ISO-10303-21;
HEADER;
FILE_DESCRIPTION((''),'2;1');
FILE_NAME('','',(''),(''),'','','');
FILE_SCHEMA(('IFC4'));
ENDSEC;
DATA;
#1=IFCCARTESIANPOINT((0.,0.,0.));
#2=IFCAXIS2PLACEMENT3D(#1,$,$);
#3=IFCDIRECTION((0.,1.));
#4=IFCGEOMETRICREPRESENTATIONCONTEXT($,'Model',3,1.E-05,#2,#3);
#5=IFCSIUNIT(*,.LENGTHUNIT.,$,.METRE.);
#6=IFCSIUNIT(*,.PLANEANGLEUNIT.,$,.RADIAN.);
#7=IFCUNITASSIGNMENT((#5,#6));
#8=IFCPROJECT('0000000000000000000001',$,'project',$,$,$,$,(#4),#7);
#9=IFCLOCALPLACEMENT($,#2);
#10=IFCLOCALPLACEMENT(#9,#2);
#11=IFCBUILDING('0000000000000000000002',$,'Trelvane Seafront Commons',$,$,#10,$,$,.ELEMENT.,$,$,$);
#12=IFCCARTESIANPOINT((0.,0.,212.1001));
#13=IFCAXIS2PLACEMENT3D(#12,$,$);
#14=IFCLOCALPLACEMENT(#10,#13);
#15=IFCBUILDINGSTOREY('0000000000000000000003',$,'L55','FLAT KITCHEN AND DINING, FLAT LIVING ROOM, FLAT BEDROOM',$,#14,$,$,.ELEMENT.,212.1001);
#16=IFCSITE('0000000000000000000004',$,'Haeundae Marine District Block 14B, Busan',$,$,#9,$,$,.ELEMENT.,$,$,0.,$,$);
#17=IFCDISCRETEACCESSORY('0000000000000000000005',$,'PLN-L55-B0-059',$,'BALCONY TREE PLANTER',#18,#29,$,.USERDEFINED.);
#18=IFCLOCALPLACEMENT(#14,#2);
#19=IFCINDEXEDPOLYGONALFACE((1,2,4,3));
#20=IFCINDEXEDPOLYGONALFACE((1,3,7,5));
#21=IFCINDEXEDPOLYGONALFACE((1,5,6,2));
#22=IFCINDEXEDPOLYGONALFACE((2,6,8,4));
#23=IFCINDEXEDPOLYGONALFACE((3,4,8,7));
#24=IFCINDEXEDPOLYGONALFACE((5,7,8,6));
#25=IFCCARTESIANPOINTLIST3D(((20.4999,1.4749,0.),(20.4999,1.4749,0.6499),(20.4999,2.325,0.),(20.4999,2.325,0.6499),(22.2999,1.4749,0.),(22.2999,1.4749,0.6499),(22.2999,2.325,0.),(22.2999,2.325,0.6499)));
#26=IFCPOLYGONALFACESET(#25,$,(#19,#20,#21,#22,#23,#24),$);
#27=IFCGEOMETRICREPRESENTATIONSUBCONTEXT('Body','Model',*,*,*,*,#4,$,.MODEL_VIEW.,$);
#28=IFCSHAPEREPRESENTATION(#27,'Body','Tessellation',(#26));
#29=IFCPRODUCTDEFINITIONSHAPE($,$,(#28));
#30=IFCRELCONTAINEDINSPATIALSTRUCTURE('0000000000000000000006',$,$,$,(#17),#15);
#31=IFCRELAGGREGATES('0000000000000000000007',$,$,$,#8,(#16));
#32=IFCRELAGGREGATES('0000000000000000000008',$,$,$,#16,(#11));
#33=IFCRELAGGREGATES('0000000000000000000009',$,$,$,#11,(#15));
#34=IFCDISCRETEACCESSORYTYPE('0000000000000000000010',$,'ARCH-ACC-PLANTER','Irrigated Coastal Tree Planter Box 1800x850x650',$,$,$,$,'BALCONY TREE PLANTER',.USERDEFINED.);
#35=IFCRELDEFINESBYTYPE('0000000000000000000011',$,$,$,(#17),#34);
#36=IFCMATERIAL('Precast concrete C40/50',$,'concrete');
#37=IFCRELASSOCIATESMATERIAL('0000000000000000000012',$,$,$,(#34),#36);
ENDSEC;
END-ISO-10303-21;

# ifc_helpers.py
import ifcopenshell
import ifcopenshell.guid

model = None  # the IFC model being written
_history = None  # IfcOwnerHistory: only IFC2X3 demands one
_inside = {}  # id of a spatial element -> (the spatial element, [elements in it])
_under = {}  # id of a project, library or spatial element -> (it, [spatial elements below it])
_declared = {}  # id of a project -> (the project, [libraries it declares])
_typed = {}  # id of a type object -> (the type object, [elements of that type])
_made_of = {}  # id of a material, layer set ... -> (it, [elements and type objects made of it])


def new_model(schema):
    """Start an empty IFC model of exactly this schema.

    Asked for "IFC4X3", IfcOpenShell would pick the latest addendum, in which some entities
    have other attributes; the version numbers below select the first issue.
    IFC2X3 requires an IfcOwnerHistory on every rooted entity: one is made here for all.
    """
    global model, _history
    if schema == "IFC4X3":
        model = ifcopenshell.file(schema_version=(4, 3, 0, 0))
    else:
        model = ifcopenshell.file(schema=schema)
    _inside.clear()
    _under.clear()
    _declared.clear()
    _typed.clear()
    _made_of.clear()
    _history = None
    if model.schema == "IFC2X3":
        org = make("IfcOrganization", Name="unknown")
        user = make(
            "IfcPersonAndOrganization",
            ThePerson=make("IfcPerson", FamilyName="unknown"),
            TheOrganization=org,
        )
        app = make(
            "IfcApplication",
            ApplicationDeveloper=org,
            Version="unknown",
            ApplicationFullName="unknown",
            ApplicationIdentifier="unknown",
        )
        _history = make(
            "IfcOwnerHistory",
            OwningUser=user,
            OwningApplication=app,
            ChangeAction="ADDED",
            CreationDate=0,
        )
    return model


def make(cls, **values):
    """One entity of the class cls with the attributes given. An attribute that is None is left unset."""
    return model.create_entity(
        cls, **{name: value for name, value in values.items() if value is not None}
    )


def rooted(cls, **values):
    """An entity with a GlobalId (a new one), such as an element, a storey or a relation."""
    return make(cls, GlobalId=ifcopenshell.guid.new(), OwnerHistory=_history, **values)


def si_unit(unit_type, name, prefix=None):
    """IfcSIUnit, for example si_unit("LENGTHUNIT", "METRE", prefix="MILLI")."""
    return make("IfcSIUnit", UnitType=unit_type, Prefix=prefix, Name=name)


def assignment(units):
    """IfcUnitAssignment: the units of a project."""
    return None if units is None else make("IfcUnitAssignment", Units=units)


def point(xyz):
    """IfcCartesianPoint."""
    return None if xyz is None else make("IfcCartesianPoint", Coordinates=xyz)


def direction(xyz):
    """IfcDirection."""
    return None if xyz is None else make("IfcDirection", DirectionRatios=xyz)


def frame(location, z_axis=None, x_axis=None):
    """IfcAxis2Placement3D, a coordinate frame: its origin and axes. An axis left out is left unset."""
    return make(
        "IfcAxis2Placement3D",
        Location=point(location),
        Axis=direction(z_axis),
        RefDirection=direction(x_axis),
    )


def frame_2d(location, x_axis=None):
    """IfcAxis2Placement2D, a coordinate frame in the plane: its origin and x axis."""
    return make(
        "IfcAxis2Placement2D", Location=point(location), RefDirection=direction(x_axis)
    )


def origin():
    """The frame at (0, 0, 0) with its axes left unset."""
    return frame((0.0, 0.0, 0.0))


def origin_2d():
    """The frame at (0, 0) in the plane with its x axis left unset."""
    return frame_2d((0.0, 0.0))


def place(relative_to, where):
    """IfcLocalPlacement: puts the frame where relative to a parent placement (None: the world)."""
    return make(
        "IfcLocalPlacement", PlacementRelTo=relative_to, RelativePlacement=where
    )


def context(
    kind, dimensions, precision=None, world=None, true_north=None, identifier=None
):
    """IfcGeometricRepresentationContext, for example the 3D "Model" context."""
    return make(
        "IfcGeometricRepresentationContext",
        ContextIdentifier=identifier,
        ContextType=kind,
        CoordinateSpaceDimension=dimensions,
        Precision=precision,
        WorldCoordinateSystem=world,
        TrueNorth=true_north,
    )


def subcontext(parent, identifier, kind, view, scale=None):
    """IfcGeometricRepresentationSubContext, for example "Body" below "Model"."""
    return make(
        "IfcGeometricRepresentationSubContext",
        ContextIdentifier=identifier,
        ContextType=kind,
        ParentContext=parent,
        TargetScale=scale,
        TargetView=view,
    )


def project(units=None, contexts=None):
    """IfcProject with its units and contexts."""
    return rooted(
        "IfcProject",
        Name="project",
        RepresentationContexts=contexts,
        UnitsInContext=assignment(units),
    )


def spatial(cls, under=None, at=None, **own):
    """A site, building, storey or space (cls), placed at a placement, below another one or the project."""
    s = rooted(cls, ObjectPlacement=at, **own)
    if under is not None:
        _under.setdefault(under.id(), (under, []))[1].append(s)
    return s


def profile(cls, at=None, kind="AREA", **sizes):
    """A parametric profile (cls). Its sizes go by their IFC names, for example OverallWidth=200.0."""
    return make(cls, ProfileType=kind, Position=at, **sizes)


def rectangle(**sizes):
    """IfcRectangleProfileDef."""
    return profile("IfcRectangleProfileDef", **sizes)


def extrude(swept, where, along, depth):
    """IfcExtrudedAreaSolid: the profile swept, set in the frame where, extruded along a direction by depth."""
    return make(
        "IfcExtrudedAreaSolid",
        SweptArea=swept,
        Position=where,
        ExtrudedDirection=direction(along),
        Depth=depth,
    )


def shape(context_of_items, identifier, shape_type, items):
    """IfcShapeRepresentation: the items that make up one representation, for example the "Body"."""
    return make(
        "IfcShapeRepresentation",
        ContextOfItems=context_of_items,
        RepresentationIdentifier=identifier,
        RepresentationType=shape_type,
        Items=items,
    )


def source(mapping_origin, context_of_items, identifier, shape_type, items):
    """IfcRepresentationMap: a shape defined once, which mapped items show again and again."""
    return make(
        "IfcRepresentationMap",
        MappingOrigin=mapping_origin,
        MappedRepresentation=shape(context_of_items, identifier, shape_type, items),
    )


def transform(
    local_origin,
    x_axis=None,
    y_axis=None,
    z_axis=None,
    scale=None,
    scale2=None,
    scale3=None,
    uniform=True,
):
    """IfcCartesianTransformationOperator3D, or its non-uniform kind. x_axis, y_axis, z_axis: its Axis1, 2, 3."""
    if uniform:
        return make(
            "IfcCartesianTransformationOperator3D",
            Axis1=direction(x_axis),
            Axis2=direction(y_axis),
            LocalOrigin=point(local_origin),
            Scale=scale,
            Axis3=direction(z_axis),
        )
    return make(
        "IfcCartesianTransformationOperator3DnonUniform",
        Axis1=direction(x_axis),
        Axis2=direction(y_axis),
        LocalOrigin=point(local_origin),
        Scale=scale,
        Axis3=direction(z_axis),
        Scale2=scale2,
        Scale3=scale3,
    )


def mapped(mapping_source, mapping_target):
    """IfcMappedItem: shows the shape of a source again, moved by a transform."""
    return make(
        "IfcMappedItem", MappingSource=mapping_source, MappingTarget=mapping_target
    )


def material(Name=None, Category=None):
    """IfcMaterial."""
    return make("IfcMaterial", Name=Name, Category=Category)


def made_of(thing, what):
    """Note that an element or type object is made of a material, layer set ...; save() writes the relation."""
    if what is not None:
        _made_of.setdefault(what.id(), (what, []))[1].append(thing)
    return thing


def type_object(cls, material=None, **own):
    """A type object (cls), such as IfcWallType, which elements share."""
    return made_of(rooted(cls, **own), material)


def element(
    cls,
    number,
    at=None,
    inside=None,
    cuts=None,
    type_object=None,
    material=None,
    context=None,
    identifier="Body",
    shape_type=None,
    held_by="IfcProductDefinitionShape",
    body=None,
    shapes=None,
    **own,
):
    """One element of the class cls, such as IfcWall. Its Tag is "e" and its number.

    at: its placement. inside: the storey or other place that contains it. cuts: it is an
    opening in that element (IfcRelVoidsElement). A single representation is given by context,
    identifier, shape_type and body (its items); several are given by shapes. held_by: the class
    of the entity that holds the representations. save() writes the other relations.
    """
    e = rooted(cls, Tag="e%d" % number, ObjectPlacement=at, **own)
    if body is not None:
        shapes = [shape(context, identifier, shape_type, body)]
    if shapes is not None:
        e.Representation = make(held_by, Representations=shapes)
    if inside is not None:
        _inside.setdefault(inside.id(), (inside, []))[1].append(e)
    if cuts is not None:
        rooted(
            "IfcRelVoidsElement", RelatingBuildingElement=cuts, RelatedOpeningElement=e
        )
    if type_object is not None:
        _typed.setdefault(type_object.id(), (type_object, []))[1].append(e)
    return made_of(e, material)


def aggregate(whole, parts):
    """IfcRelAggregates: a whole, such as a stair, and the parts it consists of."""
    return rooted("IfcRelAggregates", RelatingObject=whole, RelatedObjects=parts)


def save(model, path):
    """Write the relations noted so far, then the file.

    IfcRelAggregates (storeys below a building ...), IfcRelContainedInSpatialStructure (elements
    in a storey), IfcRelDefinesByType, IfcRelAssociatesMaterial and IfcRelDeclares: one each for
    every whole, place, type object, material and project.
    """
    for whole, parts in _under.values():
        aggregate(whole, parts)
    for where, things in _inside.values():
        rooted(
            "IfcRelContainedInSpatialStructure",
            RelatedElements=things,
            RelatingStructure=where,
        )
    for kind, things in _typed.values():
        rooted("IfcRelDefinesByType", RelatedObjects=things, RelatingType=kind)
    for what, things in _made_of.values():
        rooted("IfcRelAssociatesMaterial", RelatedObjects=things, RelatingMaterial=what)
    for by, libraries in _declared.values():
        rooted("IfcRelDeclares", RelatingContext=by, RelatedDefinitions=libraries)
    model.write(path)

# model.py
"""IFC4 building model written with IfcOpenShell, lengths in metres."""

from ifc_helpers import new_model, si_unit, direction, frame, origin, origin_2d, place, context, subcontext, project, spatial, rectangle, extrude, source, transform, mapped, material, type_object, element, save


model = new_model("IFC4")

# Units and contexts
model_context = context("Model", 3, precision=1e-05, world=origin(), true_north=direction((0.0, 1.0)))
body_context = subcontext(model_context, "Body", "Model", "MODEL_VIEW")
ifc_project = project(units=[si_unit("LENGTHUNIT", "METRE"), si_unit("PLANEANGLEUNIT", "RADIAN")], contexts=[model_context])

# Site, building, storey
site_placement = place(None, origin())
site = spatial("IfcSite", under=ifc_project, at=site_placement, Name="Haeundae Marine District Block 14B, Busan", CompositionType="ELEMENT", RefElevation=0.0)
building_placement = place(site_placement, origin())
building = spatial("IfcBuilding", under=site, at=building_placement, Name="Trelvane Seafront Commons", CompositionType="ELEMENT")
storey_placement = place(building_placement, frame((0.0, 0.0, 212.1001)))
storey = spatial("IfcBuildingStorey", under=building, at=storey_placement, Name="L55", Description="FLAT KITCHEN AND DINING, FLAT LIVING ROOM, FLAT BEDROOM", CompositionType="ELEMENT", Elevation=212.1001)

# Discrete accessory
ifc_material_1 = material(Name="Precast concrete C40/50", Category="concrete")
discrete_accessory_type = type_object("IfcDiscreteAccessoryType", Name="ARCH-ACC-PLANTER", Description="Irrigated Coastal Tree Planter Box 1800x850x650", ElementType="BALCONY TREE PLANTER", PredefinedType="USERDEFINED", material=ifc_material_1)
shared_shape_1 = source(origin(), body_context, "Body", "SweptSolid", [
    extrude(rectangle(XDim=1.8, YDim=0.8501, at=origin_2d()), origin(), (0.0, 0.0, 1.0), 0.6499),
])
discrete_accessory_placement = place(storey_placement, frame((21.3999, 1.8999, 0.0), z_axis=(0.0, 0.0, 1.0), x_axis=(1.0, 0.0, 0.0)))
element("IfcDiscreteAccessory", 1, at=discrete_accessory_placement, inside=storey, type_object=discrete_accessory_type, Name="PLN-L55-B0-059", ObjectType="BALCONY TREE PLANTER", PredefinedType="USERDEFINED", context=body_context, shape_type="MappedRepresentation", body=[
    mapped(shared_shape_1, transform((0.0, 0.0, 0.0), x_axis=(1.0, 0.0, 0.0), y_axis=(0.0, 1.0, 0.0), z_axis=(0.0, 0.0, 1.0), scale=1.0)),
])

save(model, "model.ifc")
